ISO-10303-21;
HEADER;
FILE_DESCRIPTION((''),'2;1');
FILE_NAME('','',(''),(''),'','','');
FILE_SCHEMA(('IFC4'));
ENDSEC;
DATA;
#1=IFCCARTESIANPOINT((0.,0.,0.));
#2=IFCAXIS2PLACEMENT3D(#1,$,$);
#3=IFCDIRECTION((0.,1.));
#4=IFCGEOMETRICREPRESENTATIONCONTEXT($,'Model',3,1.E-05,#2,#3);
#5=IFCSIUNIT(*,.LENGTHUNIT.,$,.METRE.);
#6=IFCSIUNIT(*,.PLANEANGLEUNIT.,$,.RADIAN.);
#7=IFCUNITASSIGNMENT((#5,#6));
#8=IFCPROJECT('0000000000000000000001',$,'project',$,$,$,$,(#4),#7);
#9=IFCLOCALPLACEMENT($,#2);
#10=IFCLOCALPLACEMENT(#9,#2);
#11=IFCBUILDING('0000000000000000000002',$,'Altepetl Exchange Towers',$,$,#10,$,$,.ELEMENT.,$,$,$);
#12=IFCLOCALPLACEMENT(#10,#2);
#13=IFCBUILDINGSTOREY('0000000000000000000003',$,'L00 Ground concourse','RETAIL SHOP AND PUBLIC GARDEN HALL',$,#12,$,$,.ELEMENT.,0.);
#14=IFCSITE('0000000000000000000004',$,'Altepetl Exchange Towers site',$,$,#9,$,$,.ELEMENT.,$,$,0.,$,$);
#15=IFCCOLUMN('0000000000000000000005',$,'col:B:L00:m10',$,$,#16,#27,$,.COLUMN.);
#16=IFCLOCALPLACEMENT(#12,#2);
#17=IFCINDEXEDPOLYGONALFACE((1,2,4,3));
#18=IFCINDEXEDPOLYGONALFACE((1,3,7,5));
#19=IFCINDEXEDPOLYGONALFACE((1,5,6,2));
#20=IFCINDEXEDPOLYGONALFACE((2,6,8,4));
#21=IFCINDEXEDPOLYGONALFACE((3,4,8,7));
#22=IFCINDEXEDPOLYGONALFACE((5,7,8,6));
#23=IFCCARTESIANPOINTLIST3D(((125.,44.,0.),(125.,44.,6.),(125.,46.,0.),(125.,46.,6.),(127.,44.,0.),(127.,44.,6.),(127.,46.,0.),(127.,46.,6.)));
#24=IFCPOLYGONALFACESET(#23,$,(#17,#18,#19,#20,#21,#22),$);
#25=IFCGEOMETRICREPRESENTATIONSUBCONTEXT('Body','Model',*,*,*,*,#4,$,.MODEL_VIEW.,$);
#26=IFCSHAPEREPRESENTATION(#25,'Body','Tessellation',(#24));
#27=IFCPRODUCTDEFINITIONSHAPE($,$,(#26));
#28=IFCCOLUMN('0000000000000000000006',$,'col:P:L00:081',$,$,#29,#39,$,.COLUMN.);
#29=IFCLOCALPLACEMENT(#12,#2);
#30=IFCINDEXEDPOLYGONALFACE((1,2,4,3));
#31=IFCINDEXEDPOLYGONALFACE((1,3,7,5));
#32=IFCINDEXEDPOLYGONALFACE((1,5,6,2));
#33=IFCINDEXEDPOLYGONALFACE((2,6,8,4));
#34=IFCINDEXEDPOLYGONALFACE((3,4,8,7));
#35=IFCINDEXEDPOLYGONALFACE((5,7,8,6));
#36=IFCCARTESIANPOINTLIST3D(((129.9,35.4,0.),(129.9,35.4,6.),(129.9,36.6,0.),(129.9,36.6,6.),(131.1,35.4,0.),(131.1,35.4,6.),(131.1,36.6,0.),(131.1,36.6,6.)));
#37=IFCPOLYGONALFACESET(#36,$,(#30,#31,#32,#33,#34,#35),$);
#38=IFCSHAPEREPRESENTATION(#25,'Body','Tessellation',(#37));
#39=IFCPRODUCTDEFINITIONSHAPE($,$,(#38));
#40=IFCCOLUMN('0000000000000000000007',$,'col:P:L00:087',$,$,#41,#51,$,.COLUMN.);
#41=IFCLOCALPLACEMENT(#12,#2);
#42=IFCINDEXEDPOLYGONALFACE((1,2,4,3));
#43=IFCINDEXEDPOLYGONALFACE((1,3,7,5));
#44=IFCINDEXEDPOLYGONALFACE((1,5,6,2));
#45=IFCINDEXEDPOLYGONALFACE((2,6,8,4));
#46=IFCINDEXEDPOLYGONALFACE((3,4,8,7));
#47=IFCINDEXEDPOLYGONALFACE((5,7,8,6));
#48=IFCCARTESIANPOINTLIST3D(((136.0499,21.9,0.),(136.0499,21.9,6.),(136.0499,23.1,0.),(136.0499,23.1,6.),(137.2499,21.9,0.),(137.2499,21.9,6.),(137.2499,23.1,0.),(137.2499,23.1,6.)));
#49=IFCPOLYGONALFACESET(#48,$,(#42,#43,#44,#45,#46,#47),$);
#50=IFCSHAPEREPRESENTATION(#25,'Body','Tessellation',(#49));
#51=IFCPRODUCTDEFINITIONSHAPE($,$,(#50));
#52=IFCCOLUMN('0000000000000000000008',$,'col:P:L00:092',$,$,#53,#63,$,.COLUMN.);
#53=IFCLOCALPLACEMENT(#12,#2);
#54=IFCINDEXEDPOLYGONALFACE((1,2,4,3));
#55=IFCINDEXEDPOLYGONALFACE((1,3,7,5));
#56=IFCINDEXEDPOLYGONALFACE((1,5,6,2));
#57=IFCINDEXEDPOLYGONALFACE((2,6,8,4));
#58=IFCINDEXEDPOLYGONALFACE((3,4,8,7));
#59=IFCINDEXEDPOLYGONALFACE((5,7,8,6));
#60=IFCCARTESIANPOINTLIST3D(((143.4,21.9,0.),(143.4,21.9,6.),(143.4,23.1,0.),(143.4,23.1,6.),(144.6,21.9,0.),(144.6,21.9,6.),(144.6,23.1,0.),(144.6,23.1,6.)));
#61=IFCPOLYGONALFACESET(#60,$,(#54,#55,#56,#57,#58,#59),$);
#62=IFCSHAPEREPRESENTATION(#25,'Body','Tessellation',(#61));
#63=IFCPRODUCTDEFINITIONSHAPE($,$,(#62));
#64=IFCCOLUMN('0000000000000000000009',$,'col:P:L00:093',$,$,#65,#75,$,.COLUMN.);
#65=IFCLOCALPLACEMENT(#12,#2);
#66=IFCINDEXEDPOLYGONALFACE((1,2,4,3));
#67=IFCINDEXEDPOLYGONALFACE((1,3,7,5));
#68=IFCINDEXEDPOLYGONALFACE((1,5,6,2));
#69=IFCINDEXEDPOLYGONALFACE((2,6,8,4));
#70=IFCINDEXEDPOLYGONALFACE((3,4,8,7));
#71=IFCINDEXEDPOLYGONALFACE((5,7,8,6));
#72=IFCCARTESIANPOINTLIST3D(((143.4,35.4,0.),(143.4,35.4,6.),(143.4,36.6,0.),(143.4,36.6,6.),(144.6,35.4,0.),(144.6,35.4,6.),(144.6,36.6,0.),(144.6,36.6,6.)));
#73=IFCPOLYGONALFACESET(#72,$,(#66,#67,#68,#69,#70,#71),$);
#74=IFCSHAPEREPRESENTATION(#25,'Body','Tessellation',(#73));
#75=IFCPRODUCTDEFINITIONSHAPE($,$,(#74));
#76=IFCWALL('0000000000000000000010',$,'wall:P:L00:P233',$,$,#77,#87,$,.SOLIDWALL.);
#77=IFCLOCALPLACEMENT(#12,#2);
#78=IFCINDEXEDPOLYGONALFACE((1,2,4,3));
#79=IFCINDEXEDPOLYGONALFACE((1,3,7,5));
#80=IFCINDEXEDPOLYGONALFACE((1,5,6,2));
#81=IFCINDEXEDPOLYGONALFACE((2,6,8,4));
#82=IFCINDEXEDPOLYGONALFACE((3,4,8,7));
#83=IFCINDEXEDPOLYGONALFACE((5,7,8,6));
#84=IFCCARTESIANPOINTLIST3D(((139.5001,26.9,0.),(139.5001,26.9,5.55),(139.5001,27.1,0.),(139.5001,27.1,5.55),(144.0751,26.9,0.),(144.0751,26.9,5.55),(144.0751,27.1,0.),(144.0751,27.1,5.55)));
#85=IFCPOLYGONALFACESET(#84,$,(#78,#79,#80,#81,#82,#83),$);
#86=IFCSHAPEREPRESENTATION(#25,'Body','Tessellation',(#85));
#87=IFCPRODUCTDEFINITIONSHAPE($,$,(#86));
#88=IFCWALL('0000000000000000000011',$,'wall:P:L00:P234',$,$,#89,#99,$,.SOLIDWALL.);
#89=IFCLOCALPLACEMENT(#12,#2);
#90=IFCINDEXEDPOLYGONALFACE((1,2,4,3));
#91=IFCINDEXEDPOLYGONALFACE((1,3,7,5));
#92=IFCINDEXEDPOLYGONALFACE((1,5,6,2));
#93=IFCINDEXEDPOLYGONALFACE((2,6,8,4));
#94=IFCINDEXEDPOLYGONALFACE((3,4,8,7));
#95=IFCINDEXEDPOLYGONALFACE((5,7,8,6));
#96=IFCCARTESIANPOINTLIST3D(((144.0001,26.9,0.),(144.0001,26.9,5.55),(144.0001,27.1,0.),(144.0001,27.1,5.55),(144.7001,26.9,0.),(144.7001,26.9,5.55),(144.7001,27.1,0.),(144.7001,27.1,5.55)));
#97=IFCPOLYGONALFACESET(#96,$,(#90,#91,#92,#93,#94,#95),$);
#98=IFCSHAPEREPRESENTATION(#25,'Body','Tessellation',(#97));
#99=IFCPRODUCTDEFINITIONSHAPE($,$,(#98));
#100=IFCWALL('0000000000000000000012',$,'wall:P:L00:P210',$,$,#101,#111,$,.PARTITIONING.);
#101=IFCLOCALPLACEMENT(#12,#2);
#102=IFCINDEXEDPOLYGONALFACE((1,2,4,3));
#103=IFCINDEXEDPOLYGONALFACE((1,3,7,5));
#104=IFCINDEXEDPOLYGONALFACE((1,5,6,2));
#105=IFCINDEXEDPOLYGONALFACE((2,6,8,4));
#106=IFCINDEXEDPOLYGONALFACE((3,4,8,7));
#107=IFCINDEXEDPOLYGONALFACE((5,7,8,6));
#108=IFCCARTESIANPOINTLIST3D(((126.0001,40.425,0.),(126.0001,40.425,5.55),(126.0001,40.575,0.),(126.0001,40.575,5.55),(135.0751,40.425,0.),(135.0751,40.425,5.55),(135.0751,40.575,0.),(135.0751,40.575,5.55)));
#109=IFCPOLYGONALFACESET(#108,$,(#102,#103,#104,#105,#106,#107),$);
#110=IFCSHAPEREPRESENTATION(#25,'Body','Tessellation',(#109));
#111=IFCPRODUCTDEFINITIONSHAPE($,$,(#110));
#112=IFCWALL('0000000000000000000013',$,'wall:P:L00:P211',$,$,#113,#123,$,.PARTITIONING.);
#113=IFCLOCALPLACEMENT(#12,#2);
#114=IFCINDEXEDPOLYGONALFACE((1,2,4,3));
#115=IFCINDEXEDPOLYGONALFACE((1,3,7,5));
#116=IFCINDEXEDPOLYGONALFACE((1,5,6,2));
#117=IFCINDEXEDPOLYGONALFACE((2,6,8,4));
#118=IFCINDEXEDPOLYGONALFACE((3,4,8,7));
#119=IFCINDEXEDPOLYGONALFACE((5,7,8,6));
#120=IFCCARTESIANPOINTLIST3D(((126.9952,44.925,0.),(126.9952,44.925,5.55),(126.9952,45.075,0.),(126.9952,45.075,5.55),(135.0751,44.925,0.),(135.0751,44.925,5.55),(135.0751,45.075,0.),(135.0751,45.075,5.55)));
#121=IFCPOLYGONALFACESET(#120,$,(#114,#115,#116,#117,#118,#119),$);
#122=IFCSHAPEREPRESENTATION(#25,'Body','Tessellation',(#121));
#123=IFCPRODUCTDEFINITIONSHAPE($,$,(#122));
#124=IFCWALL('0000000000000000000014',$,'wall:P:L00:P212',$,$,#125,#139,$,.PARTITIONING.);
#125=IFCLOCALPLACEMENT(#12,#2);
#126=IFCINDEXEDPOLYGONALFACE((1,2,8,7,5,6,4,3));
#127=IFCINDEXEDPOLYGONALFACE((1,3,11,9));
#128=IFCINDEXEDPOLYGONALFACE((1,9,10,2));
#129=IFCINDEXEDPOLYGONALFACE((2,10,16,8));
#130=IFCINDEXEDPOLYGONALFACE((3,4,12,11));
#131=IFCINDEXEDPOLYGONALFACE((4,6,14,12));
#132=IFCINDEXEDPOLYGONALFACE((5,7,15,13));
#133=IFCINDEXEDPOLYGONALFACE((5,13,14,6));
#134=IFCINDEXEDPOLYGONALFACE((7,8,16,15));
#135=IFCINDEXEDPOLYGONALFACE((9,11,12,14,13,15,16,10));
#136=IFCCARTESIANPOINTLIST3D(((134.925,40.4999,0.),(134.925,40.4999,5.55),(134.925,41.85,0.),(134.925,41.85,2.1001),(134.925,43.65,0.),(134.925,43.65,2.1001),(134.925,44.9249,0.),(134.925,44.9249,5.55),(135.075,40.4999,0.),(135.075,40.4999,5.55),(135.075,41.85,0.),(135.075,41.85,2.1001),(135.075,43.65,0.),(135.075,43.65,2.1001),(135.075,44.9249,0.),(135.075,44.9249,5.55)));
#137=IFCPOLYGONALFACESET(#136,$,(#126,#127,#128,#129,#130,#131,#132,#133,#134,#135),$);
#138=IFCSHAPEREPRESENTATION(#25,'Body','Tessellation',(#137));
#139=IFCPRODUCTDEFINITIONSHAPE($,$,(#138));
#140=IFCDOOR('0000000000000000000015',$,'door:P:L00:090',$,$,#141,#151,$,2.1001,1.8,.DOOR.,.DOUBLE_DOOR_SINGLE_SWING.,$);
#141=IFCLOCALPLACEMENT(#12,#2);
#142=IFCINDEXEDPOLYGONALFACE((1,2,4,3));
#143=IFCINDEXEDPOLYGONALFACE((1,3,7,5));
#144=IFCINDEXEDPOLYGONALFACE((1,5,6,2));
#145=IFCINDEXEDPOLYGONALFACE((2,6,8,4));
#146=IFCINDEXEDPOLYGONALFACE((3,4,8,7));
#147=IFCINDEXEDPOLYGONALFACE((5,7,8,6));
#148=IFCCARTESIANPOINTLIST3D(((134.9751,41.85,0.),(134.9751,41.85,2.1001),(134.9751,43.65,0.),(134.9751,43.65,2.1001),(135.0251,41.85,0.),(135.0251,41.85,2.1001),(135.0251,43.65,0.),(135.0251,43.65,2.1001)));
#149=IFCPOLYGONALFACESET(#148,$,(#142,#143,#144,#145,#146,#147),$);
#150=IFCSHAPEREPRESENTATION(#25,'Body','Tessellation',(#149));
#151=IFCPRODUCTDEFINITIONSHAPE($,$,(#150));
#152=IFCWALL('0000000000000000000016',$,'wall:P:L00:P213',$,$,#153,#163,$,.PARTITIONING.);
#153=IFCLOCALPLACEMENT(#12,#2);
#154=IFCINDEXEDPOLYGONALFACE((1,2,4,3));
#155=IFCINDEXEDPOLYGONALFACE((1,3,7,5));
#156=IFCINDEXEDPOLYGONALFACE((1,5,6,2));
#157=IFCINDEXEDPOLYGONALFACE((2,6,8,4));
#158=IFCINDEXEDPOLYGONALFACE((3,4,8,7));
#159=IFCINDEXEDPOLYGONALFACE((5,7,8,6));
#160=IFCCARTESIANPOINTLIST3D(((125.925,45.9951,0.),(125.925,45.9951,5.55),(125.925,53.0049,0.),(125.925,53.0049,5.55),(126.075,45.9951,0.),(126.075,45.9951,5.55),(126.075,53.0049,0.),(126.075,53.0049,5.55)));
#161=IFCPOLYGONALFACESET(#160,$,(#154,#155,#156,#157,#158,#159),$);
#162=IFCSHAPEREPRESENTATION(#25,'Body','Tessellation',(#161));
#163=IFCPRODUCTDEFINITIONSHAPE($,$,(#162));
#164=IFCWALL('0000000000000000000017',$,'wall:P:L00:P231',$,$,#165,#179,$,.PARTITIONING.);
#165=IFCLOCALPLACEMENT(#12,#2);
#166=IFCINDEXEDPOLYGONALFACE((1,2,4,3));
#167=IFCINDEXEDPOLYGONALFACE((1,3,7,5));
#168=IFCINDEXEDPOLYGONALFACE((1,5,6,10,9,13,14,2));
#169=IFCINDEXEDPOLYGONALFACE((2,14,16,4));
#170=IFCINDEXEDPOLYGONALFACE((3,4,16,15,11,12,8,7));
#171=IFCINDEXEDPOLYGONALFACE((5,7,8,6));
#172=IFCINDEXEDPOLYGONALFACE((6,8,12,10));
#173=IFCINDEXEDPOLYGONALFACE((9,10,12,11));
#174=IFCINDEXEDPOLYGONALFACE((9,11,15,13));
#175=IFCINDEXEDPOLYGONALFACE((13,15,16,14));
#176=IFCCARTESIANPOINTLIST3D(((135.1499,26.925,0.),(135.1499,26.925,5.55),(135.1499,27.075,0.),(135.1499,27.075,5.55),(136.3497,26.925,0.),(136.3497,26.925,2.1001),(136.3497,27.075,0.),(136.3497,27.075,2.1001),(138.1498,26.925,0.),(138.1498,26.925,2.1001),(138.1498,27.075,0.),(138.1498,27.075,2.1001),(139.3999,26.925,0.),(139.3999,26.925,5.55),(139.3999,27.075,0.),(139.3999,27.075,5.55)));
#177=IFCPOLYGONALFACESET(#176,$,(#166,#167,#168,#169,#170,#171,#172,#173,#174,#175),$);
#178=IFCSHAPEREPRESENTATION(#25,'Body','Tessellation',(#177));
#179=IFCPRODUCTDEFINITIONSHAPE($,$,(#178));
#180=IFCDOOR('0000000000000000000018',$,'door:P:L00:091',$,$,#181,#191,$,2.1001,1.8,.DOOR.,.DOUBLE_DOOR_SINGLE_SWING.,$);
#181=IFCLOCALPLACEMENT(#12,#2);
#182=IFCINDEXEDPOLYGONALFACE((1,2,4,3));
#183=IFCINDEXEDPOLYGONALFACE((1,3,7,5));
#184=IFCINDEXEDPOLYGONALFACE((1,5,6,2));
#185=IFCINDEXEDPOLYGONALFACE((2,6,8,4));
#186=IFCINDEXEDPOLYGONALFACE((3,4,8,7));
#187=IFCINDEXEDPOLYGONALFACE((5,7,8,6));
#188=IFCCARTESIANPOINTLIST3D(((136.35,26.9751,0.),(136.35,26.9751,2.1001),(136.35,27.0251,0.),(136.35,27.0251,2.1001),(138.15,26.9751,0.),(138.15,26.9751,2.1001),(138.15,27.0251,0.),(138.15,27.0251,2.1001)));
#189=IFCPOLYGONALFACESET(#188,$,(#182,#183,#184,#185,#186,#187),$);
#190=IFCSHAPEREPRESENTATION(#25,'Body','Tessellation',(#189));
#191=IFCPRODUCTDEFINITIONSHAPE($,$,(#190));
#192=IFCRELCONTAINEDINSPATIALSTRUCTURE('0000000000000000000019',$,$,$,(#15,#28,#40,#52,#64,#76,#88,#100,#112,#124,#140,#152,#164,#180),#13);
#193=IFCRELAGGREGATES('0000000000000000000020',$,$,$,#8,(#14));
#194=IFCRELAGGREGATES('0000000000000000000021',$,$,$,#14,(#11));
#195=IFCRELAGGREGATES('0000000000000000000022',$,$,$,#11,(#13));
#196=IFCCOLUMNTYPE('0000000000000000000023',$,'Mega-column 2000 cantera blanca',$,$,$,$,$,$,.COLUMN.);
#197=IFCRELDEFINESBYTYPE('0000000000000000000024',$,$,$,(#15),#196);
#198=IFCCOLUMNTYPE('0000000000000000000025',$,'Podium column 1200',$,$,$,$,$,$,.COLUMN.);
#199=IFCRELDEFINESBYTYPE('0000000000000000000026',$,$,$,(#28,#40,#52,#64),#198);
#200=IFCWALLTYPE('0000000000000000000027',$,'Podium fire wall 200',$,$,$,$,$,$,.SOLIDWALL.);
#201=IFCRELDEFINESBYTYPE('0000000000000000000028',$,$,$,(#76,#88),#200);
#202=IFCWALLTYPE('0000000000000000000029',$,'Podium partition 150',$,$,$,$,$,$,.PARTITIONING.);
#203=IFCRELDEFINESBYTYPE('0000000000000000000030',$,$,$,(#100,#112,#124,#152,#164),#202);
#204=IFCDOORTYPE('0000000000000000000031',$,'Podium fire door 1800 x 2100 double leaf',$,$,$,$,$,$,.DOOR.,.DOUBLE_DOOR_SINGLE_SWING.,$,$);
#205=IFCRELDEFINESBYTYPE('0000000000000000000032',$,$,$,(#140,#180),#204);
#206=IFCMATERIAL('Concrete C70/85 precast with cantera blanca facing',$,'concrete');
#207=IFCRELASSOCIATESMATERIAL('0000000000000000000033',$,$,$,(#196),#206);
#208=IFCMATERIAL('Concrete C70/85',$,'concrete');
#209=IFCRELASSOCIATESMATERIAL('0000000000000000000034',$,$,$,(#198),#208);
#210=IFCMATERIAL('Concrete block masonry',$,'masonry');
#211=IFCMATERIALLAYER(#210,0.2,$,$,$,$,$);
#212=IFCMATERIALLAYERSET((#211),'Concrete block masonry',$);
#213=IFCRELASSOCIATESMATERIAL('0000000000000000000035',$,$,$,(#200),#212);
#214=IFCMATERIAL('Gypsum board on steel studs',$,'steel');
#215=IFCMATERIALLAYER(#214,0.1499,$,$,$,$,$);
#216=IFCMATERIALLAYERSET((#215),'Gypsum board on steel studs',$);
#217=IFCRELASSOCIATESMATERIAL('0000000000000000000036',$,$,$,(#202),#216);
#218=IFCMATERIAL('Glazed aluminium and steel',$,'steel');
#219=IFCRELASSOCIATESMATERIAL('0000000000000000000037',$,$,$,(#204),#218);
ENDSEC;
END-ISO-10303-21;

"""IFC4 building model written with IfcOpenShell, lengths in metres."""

from ifc_helpers import new_model, si_unit, direction, frame, frame_2d, origin, origin_2d, place, context, subcontext, project, spatial, rectangle, extrude, material, layer, layer_set, material_profile, profile_set, type_object, element, fill, save


model = new_model("IFC4")

# Units and contexts
model_context = context("Model", 3, precision=1e-05, world=origin(), true_north=direction((0.0, 1.0)))
body_context = subcontext(model_context, "Body", "Model", "MODEL_VIEW")
ifc_project = project(units=[si_unit("LENGTHUNIT", "METRE"), si_unit("PLANEANGLEUNIT", "RADIAN")], contexts=[model_context])

# Site, building, storey
site_placement = place(None, origin())
site = spatial("IfcSite", under=ifc_project, at=site_placement, Name="Altepetl Exchange Towers site", CompositionType="ELEMENT", RefElevation=0.0)
building_placement = place(site_placement, origin())
building = spatial("IfcBuilding", under=site, at=building_placement, Name="Altepetl Exchange Towers", CompositionType="ELEMENT")
storey_placement = place(building_placement, origin())
storey = spatial("IfcBuildingStorey", under=building, at=storey_placement, Name="L00 Ground concourse", Description="RETAIL SHOP AND PUBLIC GARDEN HALL", CompositionType="ELEMENT", Elevation=0.0)

# Columns
ifc_material_1 = material(Name="Concrete C70/85 precast with cantera blanca facing", Category="concrete")
ifc_material_profile_1 = material_profile(ifc_material_1, rectangle(XDim=2.0, YDim=2.0, at=origin_2d()), Name="2000 x 2000")
ifc_profile_set_1 = profile_set([ifc_material_profile_1], Name="Concrete C70/85 precast with cantera blanca facing")
column_type_1 = type_object("IfcColumnType", Name="Mega-column 2000 cantera blanca", PredefinedType="COLUMN", material=ifc_profile_set_1)
column_placement = place(storey_placement, frame((126.0, 45.0, 0.0)))
element("IfcColumn", 1, at=column_placement, inside=storey, type_object=column_type_1, Name="col:B:L00:m10", PredefinedType="COLUMN", context=body_context, shape_type="SweptSolid", body=[
    extrude(rectangle(XDim=2.0, YDim=2.0, at=origin_2d()), origin(), (0.0, 0.0, 1.0), 6.0),
])
ifc_material_2 = material(Name="Concrete C70/85", Category="concrete")
ifc_material_profile_2 = material_profile(ifc_material_2, rectangle(XDim=1.2, YDim=1.2, at=origin_2d()), Name="1200 x 1200")
ifc_profile_set_2 = profile_set([ifc_material_profile_2], Name="Concrete C70/85")
column_type_2 = type_object("IfcColumnType", Name="Podium column 1200", PredefinedType="COLUMN", material=ifc_profile_set_2)
for number, where, name in (
    (2, (130.5, 36.0, 0.0), "col:P:L00:081"),
    (3, (136.6499, 22.5, 0.0), "col:P:L00:087"),
    (4, (144.0, 22.5, 0.0), "col:P:L00:092"),
    (5, (144.0, 36.0, 0.0), "col:P:L00:093"),
):
    element("IfcColumn", number, at=place(storey_placement, frame(where)), inside=storey, type_object=column_type_2, Name=name, PredefinedType="COLUMN", context=body_context, shape_type="SweptSolid", body=[
        extrude(rectangle(XDim=1.2, YDim=1.2, at=origin_2d()), origin(), (0.0, 0.0, 1.0), 6.0),
    ])

# Walls
ifc_material_3 = material(Name="Concrete block masonry", Category="masonry")
ifc_layer_1 = layer(ifc_material_3, 0.2)
ifc_layer_set_1 = layer_set([ifc_layer_1], Name="Concrete block masonry")
wall_type_1 = type_object("IfcWallType", Name="Podium fire wall 200", PredefinedType="SOLIDWALL", material=ifc_layer_set_1)
wall_1_placement = place(storey_placement, frame((139.5, 27.0, 0.0)))
element("IfcWall", 6, at=wall_1_placement, inside=storey, type_object=wall_type_1, Name="wall:P:L00:P233", PredefinedType="SOLIDWALL", context=body_context, shape_type="SweptSolid", body=[
    extrude(rectangle(XDim=4.575, YDim=0.2, at=frame_2d((2.2876, 0.0))), origin(), (0.0, 0.0, 1.0), 5.55),
])
wall_2_placement = place(storey_placement, frame((144.0, 27.0, 0.0)))
element("IfcWall", 7, at=wall_2_placement, inside=storey, type_object=wall_type_1, Name="wall:P:L00:P234", PredefinedType="SOLIDWALL", context=body_context, shape_type="SweptSolid", body=[
    extrude(rectangle(XDim=0.7, YDim=0.2, at=frame_2d((0.3501, 0.0))), origin(), (0.0, 0.0, 1.0), 5.55),
])
ifc_material_4 = material(Name="Gypsum board on steel studs", Category="steel")
ifc_layer_2 = layer(ifc_material_4, 0.1499)
ifc_layer_set_2 = layer_set([ifc_layer_2], Name="Gypsum board on steel studs")
wall_type_2 = type_object("IfcWallType", Name="Podium partition 150", PredefinedType="PARTITIONING", material=ifc_layer_set_2)
wall_3_placement = place(storey_placement, frame((126.0, 40.5, 0.0)))
element("IfcWall", 8, at=wall_3_placement, inside=storey, type_object=wall_type_2, Name="wall:P:L00:P210", PredefinedType="PARTITIONING", context=body_context, shape_type="SweptSolid", body=[
    extrude(rectangle(XDim=9.075, YDim=0.1499, at=frame_2d((4.5376, 0.0))), origin(), (0.0, 0.0, 1.0), 5.55),
])
wall_4_placement = place(storey_placement, frame((126.9951, 45.0, 0.0)))
element("IfcWall", 9, at=wall_4_placement, inside=storey, type_object=wall_type_2, Name="wall:P:L00:P211", PredefinedType="PARTITIONING", context=body_context, shape_type="SweptSolid", body=[
    extrude(rectangle(XDim=8.0798, YDim=0.1499, at=frame_2d((4.04, 0.0))), origin(), (0.0, 0.0, 1.0), 5.55),
])

# Wall, opening, door
wall_5_placement = place(storey_placement, frame((135.0, 40.5, 0.0), z_axis=(0.0, 0.0, 1.0), x_axis=(0.0, 1.0, 0.0)))
wall_5 = element("IfcWall", 10, at=wall_5_placement, inside=storey, type_object=wall_type_2, Name="wall:P:L00:P212", PredefinedType="PARTITIONING", context=body_context, shape_type="SweptSolid", body=[
    extrude(rectangle(XDim=4.425, YDim=0.1499, at=frame_2d((2.2124, 0.0))), origin(), (0.0, 0.0, 1.0), 5.55),
])
opening_1_placement = place(wall_5_placement, frame((1.3501, 0.0, 0.0)))
opening_1 = element("IfcOpeningElement", 11, at=opening_1_placement, cuts=wall_5, PredefinedType="OPENING", context=body_context, shape_type="SweptSolid", body=[
    extrude(rectangle(XDim=1.8, YDim=2.1001, at=frame_2d((0.8999, 1.05))), frame((0.0, 0.085, 0.0), z_axis=(0.0, -1.0, 0.0), x_axis=(1.0, 0.0, 0.0)), (0.0, 0.0, 1.0), 0.1699),
])
ifc_material_5 = material(Name="Glazed aluminium and steel", Category="steel")
door_type_1 = type_object("IfcDoorType", Name="Podium fire door 1800 x 2100 double leaf", OperationType="DOUBLE_DOOR_SINGLE_SWING", PredefinedType="DOOR", material=ifc_material_5)
door_1_placement = place(opening_1_placement, origin())
door_1 = element("IfcDoor", 12, at=door_1_placement, inside=storey, type_object=door_type_1, Name="door:P:L00:090", OperationType="DOUBLE_DOOR_SINGLE_SWING", OverallHeight=2.1001, OverallWidth=1.8, PredefinedType="DOOR", context=body_context, shape_type="SweptSolid", body=[
    extrude(rectangle(XDim=1.8, YDim=2.1001, at=frame_2d((0.8999, 1.05))), frame((0.0, 0.0249, 0.0), z_axis=(0.0, -1.0, 0.0), x_axis=(1.0, 0.0, 0.0)), (0.0, 0.0, 1.0), 0.05),
])
fill(opening_1, door_1)

# Wall
wall_6_placement = place(storey_placement, frame((126.0, 45.9951, 0.0), z_axis=(0.0, 0.0, 1.0), x_axis=(0.0, 1.0, 0.0)))
element("IfcWall", 13, at=wall_6_placement, inside=storey, type_object=wall_type_2, Name="wall:P:L00:P213", PredefinedType="PARTITIONING", context=body_context, shape_type="SweptSolid", body=[
    extrude(rectangle(XDim=7.0098, YDim=0.1499, at=frame_2d((3.5049, 0.0))), origin(), (0.0, 0.0, 1.0), 5.55),
])

# Wall, opening, door
wall_7_placement = place(storey_placement, frame((135.1499, 27.0, 0.0)))
wall_7 = element("IfcWall", 14, at=wall_7_placement, inside=storey, type_object=wall_type_2, Name="wall:P:L00:P231", PredefinedType="PARTITIONING", context=body_context, shape_type="SweptSolid", body=[
    extrude(rectangle(XDim=4.25, YDim=0.1499, at=frame_2d((2.125, 0.0))), origin(), (0.0, 0.0, 1.0), 5.55),
])
opening_2_placement = place(wall_7_placement, frame((1.2, 0.0, 0.0)))
opening_2 = element("IfcOpeningElement", 15, at=opening_2_placement, cuts=wall_7, PredefinedType="OPENING", context=body_context, shape_type="SweptSolid", body=[
    extrude(rectangle(XDim=1.8, YDim=2.1001, at=frame_2d((0.8999, 1.05))), frame((0.0, 0.085, 0.0), z_axis=(0.0, -1.0, 0.0), x_axis=(1.0, 0.0, 0.0)), (0.0, 0.0, 1.0), 0.1699),
])
door_2_placement = place(opening_2_placement, frame((1.8, 0.0, 0.0), x_axis=(-1.0, 0.0, 0.0)))
door_2 = element("IfcDoor", 16, at=door_2_placement, inside=storey, type_object=door_type_1, Name="door:P:L00:091", OperationType="DOUBLE_DOOR_SINGLE_SWING", OverallHeight=2.1001, OverallWidth=1.8, PredefinedType="DOOR", context=body_context, shape_type="SweptSolid", body=[
    extrude(rectangle(XDim=1.8, YDim=2.1001, at=frame_2d((0.8999, 1.05))), frame((0.0, 0.0249, 0.0), z_axis=(0.0, -1.0, 0.0), x_axis=(1.0, 0.0, 0.0)), (0.0, 0.0, 1.0), 0.05),
])
fill(opening_2, door_2)

save(model, "model.ifc")
